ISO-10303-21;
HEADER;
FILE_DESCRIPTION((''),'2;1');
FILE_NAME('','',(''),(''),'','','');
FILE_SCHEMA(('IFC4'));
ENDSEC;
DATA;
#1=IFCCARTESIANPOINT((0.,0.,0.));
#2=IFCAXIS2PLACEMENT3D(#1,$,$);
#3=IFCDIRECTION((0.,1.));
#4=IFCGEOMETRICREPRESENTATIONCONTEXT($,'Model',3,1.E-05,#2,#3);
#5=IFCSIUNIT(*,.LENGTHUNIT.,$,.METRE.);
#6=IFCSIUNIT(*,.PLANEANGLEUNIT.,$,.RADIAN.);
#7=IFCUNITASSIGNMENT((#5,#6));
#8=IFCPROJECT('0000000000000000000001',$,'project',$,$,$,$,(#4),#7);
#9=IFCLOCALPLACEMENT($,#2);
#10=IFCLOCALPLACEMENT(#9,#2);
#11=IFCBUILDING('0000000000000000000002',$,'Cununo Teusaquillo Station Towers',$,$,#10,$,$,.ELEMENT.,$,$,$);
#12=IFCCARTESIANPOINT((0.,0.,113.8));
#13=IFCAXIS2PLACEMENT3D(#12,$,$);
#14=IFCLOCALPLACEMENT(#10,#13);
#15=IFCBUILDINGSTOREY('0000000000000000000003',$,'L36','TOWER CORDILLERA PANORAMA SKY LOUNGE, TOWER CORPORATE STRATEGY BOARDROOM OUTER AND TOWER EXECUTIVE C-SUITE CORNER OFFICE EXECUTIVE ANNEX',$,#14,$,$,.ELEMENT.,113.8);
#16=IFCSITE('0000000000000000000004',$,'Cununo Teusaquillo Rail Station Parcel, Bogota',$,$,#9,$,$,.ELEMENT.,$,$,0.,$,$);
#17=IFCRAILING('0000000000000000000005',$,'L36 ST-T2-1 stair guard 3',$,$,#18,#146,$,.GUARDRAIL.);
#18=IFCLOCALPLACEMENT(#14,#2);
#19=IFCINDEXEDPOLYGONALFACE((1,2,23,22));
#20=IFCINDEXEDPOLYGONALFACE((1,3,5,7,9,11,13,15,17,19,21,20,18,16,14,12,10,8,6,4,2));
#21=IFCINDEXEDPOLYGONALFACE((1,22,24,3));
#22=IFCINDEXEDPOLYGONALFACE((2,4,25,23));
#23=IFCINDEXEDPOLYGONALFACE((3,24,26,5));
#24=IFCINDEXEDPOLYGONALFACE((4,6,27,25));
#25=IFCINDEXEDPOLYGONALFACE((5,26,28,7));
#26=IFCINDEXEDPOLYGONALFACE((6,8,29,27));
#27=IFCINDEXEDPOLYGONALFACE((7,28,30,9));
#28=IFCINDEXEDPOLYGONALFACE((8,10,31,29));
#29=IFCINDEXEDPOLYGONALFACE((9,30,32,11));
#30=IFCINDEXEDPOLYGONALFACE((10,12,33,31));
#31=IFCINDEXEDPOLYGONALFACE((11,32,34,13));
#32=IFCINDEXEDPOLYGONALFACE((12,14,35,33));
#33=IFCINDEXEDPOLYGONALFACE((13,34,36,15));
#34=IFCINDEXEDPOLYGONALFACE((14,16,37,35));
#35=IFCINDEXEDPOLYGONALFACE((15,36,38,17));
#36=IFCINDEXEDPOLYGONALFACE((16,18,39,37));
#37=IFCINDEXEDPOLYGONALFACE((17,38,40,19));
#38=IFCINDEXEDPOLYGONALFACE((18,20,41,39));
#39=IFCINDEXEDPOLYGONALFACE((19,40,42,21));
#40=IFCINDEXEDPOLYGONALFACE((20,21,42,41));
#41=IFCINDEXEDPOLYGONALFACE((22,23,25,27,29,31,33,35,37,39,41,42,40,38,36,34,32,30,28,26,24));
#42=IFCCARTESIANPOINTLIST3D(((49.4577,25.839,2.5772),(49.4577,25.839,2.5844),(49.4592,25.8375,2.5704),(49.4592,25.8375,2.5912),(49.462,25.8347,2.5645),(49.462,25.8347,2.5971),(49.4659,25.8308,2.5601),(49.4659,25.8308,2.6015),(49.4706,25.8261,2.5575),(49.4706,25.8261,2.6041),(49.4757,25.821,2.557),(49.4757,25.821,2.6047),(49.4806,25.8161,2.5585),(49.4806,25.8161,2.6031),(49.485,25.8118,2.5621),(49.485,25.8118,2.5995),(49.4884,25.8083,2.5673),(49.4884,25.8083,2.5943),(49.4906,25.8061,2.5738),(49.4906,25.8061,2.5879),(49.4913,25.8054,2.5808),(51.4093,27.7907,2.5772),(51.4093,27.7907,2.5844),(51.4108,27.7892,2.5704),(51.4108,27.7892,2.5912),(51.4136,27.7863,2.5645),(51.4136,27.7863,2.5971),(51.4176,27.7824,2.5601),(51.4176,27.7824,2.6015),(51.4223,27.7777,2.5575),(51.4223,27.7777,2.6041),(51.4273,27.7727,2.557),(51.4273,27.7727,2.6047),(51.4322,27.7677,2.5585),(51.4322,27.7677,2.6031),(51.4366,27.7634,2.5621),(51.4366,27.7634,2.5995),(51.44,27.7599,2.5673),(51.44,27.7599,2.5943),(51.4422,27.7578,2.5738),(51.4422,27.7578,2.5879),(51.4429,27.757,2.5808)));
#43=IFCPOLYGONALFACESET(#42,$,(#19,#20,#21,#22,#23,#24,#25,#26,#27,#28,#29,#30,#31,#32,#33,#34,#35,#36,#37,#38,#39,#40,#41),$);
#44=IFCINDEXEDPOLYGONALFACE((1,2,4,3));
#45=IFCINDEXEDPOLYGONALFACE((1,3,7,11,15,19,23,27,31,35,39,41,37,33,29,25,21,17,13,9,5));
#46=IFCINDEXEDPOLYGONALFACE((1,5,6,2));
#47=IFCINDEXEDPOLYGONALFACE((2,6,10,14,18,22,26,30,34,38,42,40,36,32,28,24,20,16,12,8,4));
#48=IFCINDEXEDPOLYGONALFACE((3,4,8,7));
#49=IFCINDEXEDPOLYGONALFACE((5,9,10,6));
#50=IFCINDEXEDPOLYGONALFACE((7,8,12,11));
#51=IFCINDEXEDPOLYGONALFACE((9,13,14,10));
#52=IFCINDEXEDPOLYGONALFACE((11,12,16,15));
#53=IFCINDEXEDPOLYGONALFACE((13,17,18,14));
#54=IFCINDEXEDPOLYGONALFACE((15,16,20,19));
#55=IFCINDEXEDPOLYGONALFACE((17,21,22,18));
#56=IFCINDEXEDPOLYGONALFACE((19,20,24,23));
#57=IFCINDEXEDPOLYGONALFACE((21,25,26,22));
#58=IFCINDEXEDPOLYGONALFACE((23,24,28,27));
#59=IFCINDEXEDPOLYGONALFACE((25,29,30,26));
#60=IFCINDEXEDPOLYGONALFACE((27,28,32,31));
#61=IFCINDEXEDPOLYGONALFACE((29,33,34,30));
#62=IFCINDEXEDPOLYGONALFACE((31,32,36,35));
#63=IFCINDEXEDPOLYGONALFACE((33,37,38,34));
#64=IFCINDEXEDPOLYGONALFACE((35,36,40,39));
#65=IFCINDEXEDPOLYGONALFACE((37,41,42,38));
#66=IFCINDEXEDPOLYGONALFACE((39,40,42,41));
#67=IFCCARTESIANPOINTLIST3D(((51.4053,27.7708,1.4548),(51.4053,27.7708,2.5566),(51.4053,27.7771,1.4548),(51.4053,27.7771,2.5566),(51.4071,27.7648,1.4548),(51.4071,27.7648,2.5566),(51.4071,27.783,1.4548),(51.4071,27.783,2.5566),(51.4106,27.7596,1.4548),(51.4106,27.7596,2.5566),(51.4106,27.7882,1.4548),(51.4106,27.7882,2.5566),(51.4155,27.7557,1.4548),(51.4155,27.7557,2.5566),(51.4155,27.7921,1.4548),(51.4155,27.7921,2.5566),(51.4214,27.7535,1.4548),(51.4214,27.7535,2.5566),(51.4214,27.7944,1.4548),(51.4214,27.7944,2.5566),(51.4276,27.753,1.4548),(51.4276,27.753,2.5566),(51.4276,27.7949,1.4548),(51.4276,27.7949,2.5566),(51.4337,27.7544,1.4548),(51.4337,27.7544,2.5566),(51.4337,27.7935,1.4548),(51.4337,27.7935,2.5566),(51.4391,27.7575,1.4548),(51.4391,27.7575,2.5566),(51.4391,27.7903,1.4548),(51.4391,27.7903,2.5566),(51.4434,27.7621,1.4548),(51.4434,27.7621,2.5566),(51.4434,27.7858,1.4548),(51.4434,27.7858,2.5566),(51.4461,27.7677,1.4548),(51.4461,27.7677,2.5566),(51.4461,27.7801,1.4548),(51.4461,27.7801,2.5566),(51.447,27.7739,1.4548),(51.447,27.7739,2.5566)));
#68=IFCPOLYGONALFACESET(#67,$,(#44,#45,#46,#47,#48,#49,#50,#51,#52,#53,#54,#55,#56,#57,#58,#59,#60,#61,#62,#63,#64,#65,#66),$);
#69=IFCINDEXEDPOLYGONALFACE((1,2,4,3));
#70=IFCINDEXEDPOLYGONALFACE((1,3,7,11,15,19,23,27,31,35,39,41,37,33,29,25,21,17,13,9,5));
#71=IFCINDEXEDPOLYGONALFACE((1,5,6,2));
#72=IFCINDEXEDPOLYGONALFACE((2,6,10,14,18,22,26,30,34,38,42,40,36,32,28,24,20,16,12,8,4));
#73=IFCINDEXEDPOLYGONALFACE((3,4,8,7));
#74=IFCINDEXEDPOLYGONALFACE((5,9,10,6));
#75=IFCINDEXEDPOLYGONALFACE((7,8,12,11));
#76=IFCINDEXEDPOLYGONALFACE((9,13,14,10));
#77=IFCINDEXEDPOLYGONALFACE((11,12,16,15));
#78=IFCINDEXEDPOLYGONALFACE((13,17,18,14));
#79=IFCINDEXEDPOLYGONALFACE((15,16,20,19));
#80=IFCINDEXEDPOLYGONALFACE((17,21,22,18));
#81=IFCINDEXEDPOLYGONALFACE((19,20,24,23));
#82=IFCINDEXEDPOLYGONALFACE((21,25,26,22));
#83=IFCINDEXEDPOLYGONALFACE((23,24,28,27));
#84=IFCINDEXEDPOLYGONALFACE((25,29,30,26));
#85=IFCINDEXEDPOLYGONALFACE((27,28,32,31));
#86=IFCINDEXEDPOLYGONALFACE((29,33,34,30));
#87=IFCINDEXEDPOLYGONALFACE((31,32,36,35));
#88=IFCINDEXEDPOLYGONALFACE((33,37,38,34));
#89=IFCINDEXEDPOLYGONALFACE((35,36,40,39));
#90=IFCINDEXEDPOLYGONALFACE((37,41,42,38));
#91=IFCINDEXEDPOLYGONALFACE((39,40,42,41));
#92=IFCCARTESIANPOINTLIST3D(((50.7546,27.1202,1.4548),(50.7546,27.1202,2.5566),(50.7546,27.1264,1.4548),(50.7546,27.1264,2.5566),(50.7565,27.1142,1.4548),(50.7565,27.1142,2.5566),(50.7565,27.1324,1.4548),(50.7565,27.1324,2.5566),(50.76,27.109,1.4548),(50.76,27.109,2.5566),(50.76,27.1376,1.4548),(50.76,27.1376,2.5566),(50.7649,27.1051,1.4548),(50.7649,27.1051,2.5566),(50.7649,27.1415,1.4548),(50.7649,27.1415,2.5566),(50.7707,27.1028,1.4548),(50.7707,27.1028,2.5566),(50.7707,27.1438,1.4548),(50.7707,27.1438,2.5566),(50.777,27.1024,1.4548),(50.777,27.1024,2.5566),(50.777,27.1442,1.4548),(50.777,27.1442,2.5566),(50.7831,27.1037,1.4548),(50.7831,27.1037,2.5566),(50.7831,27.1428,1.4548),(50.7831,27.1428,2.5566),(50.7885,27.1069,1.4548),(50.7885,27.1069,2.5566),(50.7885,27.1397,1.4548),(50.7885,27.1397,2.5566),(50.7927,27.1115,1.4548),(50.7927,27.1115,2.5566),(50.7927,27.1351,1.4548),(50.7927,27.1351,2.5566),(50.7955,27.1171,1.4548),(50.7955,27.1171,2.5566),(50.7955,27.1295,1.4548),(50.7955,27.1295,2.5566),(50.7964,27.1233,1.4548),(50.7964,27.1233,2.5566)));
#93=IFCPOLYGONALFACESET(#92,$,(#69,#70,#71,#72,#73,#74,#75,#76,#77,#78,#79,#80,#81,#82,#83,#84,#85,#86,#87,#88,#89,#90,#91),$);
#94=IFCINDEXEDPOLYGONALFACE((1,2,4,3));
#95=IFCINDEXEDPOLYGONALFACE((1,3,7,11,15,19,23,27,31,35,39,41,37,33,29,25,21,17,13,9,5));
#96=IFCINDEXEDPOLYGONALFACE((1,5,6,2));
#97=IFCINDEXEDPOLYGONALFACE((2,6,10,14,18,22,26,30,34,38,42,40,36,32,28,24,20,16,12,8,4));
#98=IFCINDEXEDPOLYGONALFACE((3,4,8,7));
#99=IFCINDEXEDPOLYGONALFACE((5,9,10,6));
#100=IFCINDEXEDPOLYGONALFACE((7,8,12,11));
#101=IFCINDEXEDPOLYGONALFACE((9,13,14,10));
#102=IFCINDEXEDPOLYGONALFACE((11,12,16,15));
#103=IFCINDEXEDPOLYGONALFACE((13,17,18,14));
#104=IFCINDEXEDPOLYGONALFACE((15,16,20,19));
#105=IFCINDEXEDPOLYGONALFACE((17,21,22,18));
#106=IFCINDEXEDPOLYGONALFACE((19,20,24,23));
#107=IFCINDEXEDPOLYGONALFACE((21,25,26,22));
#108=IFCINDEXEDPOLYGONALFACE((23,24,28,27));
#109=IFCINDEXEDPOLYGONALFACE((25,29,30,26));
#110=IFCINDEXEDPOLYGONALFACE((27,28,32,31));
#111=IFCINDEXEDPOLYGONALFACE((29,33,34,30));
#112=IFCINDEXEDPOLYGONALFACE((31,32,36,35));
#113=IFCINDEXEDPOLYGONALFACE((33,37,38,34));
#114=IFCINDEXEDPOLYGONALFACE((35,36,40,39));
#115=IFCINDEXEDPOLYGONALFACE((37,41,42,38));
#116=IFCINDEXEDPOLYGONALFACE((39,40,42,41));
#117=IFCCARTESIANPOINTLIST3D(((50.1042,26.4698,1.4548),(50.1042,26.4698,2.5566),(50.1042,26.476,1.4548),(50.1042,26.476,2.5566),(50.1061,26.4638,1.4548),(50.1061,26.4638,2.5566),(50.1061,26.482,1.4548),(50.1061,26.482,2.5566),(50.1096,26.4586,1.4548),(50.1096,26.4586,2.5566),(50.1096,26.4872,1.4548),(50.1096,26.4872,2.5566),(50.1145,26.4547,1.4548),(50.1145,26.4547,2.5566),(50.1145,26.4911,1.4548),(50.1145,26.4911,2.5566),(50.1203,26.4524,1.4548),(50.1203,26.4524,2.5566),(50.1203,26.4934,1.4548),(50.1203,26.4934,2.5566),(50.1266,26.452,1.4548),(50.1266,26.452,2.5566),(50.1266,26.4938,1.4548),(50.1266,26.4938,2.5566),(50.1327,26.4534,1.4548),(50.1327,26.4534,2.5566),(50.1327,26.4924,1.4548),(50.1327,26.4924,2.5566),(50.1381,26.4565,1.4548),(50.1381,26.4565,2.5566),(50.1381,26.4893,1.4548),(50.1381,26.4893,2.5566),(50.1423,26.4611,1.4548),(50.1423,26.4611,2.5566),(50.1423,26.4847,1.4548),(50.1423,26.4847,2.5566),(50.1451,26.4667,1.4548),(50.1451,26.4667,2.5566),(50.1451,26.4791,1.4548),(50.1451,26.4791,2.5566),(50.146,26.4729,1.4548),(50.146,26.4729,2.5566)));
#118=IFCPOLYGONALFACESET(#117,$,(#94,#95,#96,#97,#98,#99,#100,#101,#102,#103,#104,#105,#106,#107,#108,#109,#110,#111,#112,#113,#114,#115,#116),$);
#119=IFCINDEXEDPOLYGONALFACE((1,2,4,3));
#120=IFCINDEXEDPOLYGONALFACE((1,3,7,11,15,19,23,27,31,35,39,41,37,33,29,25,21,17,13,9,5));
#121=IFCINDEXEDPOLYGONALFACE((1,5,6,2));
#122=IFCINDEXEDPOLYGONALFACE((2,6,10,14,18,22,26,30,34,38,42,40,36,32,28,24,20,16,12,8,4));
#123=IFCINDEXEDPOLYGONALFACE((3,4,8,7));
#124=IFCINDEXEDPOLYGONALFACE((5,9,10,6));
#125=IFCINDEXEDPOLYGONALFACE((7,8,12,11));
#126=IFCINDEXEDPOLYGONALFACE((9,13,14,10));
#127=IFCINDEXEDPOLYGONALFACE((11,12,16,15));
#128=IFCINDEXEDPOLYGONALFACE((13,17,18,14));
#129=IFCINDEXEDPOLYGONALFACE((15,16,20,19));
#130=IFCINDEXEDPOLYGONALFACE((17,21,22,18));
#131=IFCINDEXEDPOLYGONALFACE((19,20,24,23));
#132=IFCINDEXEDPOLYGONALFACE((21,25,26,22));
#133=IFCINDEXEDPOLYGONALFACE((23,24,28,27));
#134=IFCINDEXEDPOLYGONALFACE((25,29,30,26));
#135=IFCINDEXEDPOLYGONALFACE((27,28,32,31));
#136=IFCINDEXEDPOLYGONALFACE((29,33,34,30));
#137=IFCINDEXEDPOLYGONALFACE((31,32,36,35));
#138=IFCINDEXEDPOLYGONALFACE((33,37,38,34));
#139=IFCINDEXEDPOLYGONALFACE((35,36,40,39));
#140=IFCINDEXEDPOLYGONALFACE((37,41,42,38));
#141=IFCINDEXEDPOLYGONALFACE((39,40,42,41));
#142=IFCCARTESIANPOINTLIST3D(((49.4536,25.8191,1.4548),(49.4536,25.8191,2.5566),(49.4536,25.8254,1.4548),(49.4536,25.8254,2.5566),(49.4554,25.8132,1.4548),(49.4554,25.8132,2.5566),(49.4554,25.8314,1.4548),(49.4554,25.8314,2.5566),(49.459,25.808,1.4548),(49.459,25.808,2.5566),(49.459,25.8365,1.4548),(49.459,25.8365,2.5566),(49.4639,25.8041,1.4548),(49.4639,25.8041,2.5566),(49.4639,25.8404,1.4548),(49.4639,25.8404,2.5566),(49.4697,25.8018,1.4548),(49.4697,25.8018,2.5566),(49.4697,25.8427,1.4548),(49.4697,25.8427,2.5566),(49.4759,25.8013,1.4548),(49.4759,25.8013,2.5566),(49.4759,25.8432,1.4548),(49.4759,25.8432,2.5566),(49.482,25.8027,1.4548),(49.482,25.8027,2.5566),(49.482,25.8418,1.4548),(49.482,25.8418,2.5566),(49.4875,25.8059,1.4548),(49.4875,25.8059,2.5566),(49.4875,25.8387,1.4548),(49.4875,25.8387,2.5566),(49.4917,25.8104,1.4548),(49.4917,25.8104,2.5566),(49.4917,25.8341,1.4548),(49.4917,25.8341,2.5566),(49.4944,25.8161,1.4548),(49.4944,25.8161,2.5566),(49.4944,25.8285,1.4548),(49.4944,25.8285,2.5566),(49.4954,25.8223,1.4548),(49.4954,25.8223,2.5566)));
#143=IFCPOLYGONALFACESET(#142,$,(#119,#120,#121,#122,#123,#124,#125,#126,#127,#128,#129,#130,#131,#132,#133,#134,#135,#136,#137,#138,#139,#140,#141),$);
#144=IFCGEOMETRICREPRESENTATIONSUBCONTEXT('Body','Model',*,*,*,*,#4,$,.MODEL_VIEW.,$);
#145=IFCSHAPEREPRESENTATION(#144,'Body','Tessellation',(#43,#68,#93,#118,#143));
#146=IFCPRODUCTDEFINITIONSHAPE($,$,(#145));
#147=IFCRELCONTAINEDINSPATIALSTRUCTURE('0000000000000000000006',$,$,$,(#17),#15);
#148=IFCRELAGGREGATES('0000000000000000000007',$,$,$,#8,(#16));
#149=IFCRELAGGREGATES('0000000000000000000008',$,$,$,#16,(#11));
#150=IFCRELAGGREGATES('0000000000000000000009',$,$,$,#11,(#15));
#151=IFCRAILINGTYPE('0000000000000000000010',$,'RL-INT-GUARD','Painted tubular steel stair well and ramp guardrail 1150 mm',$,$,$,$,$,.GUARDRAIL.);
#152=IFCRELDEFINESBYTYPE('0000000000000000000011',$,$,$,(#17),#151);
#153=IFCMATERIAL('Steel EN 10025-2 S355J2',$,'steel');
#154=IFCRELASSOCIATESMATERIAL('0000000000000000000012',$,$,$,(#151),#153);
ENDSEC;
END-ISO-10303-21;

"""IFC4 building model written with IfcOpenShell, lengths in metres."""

from ifc_helpers import new_model, si_unit, direction, frame, origin, origin_2d, place, context, subcontext, project, spatial, circle, extrude, material, type_object, element, save


model = new_model("IFC4")

# Units and contexts
model_context = context("Model", 3, precision=1e-05, world=origin(), true_north=direction((0.0, 1.0)))
body_context = subcontext(model_context, "Body", "Model", "MODEL_VIEW")
ifc_project = project(units=[si_unit("LENGTHUNIT", "METRE"), si_unit("PLANEANGLEUNIT", "RADIAN")], contexts=[model_context])

# Site, building, storey
site_placement = place(None, origin())
site = spatial("IfcSite", under=ifc_project, at=site_placement, Name="Cununo Teusaquillo Rail Station Parcel, Bogota", CompositionType="ELEMENT", RefElevation=0.0)
building_placement = place(site_placement, origin())
building = spatial("IfcBuilding", under=site, at=building_placement, Name="Cununo Teusaquillo Station Towers", CompositionType="ELEMENT")
storey_placement = place(building_placement, frame((0.0, 0.0, 113.8)))
storey = spatial("IfcBuildingStorey", under=building, at=storey_placement, Name="L36", Description="TOWER CORDILLERA PANORAMA SKY LOUNGE, TOWER CORPORATE STRATEGY BOARDROOM OUTER AND TOWER EXECUTIVE C-SUITE CORNER OFFICE EXECUTIVE ANNEX", CompositionType="ELEMENT", Elevation=113.8)

# Railing
ifc_material_1 = material(Name="Steel EN 10025-2 S355J2", Category="steel")
railing_type = type_object("IfcRailingType", Name="RL-INT-GUARD", Description="Painted tubular steel stair well and ramp guardrail 1150 mm", PredefinedType="GUARDRAIL", material=ifc_material_1)
railing_1_placement = place(storey_placement, frame((51.426, 27.7739, 1.4548)))
element("IfcRailing", 1, at=railing_1_placement, inside=storey, type_object=railing_type, Name="L36 ST-T2-1 stair guard 3", PredefinedType="GUARDRAIL", context=body_context, shape_type="SweptSolid", body=[
    extrude(circle(Radius=0.0239, at=origin_2d()), frame((0.0, 0.0, 1.126), z_axis=(-0.707107, -0.707107, 0.0), x_axis=(0.707107, -0.707107, 0.0)), (0.0, 0.0, 1.0), 2.76),
    extrude(circle(Radius=0.021, at=origin_2d()), origin(), (0.0, 0.0, 1.0), 1.1018),
    extrude(circle(Radius=0.021, at=origin_2d()), frame((-0.6506, -0.6506, 0.0)), (0.0, 0.0, 1.0), 1.1018),
    extrude(circle(Radius=0.021, at=origin_2d()), frame((-1.301, -1.301, 0.0)), (0.0, 0.0, 1.0), 1.1018),
    extrude(circle(Radius=0.021, at=origin_2d()), frame((-1.9517, -1.9517, 0.0)), (0.0, 0.0, 1.0), 1.1018),
])

save(model, "model.ifc")
